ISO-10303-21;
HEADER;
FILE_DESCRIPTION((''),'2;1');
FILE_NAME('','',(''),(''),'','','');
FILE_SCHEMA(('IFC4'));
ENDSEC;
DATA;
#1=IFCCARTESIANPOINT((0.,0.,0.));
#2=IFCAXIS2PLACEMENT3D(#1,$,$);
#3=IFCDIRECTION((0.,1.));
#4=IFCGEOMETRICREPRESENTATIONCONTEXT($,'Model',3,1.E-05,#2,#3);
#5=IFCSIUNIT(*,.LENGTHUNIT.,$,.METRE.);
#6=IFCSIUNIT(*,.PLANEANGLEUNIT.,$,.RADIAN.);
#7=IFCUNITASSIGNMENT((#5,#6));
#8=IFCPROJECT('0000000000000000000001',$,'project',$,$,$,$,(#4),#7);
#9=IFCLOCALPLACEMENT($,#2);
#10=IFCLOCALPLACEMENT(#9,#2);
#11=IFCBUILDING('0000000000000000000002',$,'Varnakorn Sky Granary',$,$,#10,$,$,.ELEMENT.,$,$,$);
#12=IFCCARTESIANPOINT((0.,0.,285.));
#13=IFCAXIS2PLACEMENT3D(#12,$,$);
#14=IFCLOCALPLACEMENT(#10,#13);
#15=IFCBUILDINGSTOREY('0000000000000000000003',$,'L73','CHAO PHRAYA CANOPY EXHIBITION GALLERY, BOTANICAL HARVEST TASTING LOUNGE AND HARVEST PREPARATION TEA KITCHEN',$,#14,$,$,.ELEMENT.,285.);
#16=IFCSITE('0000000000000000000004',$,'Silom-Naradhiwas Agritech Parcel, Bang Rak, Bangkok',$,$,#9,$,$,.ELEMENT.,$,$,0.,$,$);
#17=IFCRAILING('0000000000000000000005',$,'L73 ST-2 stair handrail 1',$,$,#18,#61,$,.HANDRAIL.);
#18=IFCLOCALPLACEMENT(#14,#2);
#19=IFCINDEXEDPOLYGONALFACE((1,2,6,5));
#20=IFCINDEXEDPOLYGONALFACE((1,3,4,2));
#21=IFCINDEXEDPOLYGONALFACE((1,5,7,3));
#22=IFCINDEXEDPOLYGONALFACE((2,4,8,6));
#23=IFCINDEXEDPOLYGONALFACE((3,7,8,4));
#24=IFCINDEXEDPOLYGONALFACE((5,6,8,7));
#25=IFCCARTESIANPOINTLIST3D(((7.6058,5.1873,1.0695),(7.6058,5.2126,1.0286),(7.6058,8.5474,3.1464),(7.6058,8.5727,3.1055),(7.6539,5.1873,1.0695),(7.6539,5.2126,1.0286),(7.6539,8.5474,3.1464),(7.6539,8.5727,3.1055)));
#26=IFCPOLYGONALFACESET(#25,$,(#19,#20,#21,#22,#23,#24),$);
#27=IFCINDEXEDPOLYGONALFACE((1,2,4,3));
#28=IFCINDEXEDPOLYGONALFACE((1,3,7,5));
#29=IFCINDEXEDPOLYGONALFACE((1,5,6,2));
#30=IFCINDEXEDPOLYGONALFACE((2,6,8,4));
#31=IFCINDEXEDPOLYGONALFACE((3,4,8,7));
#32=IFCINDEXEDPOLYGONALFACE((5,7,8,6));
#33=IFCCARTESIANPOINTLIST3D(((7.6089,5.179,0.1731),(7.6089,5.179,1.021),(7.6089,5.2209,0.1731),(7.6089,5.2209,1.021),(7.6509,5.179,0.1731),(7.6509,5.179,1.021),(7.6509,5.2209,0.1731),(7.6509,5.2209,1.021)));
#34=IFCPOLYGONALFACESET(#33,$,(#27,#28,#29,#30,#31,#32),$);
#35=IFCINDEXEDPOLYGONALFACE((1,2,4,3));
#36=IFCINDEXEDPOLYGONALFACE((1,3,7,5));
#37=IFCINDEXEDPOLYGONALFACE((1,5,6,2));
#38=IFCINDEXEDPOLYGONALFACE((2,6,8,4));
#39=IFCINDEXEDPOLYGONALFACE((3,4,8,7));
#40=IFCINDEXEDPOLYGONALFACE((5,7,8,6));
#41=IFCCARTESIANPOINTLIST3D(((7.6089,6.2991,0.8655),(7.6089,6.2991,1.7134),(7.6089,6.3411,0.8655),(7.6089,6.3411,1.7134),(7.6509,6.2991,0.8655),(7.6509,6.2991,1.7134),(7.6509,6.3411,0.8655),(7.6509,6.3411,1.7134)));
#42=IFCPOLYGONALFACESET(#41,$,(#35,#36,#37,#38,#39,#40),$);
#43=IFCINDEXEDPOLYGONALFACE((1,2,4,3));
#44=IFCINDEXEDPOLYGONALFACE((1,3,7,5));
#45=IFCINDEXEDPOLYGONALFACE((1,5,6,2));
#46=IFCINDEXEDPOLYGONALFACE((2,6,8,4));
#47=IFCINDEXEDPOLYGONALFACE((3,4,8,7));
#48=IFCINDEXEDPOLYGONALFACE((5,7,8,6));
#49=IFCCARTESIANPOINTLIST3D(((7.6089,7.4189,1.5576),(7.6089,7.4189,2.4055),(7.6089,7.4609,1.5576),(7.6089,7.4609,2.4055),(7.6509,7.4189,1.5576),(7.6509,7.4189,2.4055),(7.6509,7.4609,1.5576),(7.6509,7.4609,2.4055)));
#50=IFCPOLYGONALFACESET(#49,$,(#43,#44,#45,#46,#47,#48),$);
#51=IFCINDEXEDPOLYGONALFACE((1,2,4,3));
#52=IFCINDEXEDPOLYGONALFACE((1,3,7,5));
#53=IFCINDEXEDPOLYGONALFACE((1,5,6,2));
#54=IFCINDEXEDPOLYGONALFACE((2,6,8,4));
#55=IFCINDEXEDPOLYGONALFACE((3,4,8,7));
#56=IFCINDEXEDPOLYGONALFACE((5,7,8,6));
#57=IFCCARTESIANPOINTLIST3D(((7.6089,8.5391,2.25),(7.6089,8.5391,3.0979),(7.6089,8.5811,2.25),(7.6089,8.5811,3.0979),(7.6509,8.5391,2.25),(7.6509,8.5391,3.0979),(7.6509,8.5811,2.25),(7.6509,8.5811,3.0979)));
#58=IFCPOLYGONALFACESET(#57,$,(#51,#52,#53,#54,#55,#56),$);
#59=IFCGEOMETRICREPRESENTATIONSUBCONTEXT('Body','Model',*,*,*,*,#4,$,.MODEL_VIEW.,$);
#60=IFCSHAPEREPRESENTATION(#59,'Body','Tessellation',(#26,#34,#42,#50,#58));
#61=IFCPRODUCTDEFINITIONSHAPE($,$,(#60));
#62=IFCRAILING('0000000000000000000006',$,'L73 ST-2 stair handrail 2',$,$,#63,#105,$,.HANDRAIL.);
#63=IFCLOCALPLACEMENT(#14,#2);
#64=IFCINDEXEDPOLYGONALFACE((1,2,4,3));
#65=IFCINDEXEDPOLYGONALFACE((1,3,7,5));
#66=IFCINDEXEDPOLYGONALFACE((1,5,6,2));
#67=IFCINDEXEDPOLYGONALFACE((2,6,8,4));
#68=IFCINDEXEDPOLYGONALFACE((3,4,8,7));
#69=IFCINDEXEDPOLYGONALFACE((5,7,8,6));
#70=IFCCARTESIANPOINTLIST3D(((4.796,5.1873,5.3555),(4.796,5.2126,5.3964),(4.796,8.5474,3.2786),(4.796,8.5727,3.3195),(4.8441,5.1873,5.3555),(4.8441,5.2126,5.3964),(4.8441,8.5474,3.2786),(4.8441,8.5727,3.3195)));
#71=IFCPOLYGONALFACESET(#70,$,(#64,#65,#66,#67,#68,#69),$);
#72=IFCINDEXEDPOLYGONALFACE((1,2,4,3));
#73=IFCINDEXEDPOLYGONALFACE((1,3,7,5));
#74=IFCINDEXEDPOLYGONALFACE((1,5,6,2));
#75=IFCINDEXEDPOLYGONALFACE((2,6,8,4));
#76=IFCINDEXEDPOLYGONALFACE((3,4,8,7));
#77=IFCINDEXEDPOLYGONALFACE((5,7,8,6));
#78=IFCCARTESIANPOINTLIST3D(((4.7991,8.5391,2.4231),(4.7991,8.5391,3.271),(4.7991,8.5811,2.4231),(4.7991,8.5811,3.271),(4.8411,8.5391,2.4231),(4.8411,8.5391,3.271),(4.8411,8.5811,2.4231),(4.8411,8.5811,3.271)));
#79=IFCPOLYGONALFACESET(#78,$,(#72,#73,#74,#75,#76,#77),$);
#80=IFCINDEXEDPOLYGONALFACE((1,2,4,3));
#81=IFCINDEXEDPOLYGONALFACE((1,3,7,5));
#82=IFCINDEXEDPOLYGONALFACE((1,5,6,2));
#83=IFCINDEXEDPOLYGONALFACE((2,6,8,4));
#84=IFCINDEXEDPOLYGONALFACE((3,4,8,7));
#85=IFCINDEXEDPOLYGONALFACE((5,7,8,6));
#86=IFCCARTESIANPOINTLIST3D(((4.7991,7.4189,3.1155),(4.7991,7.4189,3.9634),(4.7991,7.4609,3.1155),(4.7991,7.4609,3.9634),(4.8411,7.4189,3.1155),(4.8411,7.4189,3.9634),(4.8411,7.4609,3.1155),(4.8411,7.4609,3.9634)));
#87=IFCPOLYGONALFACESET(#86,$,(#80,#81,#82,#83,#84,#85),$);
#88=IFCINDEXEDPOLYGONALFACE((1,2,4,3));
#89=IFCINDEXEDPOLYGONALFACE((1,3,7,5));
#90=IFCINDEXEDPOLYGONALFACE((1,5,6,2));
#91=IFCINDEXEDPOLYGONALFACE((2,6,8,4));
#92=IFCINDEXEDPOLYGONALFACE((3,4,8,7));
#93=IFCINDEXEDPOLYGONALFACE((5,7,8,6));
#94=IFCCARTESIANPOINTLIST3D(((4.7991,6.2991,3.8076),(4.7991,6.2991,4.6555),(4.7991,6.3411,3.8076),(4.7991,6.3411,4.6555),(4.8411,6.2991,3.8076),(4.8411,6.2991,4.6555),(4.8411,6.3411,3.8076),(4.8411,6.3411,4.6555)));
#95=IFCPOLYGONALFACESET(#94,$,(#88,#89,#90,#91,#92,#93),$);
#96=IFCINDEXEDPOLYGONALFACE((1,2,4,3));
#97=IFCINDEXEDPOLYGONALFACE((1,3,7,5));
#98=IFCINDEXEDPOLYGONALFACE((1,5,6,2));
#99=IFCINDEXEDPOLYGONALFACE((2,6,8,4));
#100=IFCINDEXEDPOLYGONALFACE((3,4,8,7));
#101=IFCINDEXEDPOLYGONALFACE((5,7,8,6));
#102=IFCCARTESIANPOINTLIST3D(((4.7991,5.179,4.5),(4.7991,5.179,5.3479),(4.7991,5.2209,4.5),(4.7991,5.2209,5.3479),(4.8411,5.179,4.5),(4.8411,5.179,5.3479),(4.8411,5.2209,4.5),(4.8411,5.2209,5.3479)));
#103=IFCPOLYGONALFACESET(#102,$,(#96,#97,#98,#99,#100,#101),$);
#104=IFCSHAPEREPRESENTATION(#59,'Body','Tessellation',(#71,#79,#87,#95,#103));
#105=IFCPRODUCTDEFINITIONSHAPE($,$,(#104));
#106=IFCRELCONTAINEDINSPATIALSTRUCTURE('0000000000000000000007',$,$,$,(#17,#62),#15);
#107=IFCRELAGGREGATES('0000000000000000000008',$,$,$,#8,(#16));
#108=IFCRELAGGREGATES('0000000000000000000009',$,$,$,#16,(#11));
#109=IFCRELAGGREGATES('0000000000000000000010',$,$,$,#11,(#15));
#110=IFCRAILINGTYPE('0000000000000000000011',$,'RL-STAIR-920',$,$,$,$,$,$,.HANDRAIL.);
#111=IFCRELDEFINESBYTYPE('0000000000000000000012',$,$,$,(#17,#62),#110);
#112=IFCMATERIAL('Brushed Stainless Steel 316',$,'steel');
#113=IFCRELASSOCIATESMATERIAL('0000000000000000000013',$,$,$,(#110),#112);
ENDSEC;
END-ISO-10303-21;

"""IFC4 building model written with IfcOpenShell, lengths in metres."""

from ifc_helpers import new_model, si_unit, direction, frame, origin, origin_2d, place, context, subcontext, project, spatial, rectangle, extrude, material, type_object, element, save


model = new_model("IFC4")

# Units and contexts
model_context = context("Model", 3, precision=1e-05, world=origin(), true_north=direction((0.0, 1.0)))
body_context = subcontext(model_context, "Body", "Model", "MODEL_VIEW")
ifc_project = project(units=[si_unit("LENGTHUNIT", "METRE"), si_unit("PLANEANGLEUNIT", "RADIAN")], contexts=[model_context])

# Site, building, storey
site_placement = place(None, origin())
site = spatial("IfcSite", under=ifc_project, at=site_placement, Name="Silom-Naradhiwas Agritech Parcel, Bang Rak, Bangkok", CompositionType="ELEMENT", RefElevation=0.0)
building_placement = place(site_placement, origin())
building = spatial("IfcBuilding", under=site, at=building_placement, Name="Varnakorn Sky Granary", CompositionType="ELEMENT")
storey_placement = place(building_placement, frame((0.0, 0.0, 285.0)))
storey = spatial("IfcBuildingStorey", under=building, at=storey_placement, Name="L73", Description="CHAO PHRAYA CANOPY EXHIBITION GALLERY, BOTANICAL HARVEST TASTING LOUNGE AND HARVEST PREPARATION TEA KITCHEN", CompositionType="ELEMENT", Elevation=285.0)

# Railings
ifc_material_1 = material(Name="Brushed Stainless Steel 316", Category="steel")
railing_type_1 = type_object("IfcRailingType", Name="RL-STAIR-920", PredefinedType="HANDRAIL", material=ifc_material_1)
railing_1_placement = place(storey_placement, frame((7.6299, 5.2, 0.1731)))
element("IfcRailing", 1, at=railing_1_placement, inside=storey, type_object=railing_type_1, Name="L73 ST-2 stair handrail 1", PredefinedType="HANDRAIL", context=body_context, shape_type="SweptSolid", body=[
    extrude(rectangle(XDim=0.0481, YDim=0.0481, at=origin_2d()), frame((0.0, 0.0, 0.876), z_axis=(0.0, 0.850623, 0.525776), x_axis=(-1.0, 0.0, 0.0)), (0.0, 0.0, 1.0), 3.9502),
    extrude(rectangle(XDim=0.042, YDim=0.042, at=origin_2d()), origin(), (0.0, 0.0, 1.0), 0.8479),
    extrude(rectangle(XDim=0.042, YDim=0.042, at=origin_2d()), frame((0.0, 1.1201, 0.6924)), (0.0, 0.0, 1.0), 0.8479),
    extrude(rectangle(XDim=0.042, YDim=0.042, at=origin_2d()), frame((0.0, 2.24, 1.3845)), (0.0, 0.0, 1.0), 0.8479),
    extrude(rectangle(XDim=0.042, YDim=0.042, at=origin_2d()), frame((0.0, 3.3601, 2.0769)), (0.0, 0.0, 1.0), 0.8479),
])
railing_2_placement = place(storey_placement, frame((4.8201, 8.5601, 2.4231)))
element("IfcRailing", 2, at=railing_2_placement, inside=storey, type_object=railing_type_1, Name="L73 ST-2 stair handrail 2", PredefinedType="HANDRAIL", context=body_context, shape_type="SweptSolid", body=[
    extrude(rectangle(XDim=0.0481, YDim=0.0481, at=origin_2d()), frame((0.0, 0.0, 0.876), z_axis=(0.0, -0.850623, 0.525776), x_axis=(1.0, 0.0, 0.0)), (0.0, 0.0, 1.0), 3.9502),
    extrude(rectangle(XDim=0.042, YDim=0.042, at=origin_2d()), origin(), (0.0, 0.0, 1.0), 0.8479),
    extrude(rectangle(XDim=0.042, YDim=0.042, at=origin_2d()), frame((0.0, -1.1201, 0.6924)), (0.0, 0.0, 1.0), 0.8479),
    extrude(rectangle(XDim=0.042, YDim=0.042, at=origin_2d()), frame((0.0, -2.24, 1.3845)), (0.0, 0.0, 1.0), 0.8479),
    extrude(rectangle(XDim=0.042, YDim=0.042, at=origin_2d()), frame((0.0, -3.3601, 2.0769)), (0.0, 0.0, 1.0), 0.8479),
])

save(model, "model.ifc")
